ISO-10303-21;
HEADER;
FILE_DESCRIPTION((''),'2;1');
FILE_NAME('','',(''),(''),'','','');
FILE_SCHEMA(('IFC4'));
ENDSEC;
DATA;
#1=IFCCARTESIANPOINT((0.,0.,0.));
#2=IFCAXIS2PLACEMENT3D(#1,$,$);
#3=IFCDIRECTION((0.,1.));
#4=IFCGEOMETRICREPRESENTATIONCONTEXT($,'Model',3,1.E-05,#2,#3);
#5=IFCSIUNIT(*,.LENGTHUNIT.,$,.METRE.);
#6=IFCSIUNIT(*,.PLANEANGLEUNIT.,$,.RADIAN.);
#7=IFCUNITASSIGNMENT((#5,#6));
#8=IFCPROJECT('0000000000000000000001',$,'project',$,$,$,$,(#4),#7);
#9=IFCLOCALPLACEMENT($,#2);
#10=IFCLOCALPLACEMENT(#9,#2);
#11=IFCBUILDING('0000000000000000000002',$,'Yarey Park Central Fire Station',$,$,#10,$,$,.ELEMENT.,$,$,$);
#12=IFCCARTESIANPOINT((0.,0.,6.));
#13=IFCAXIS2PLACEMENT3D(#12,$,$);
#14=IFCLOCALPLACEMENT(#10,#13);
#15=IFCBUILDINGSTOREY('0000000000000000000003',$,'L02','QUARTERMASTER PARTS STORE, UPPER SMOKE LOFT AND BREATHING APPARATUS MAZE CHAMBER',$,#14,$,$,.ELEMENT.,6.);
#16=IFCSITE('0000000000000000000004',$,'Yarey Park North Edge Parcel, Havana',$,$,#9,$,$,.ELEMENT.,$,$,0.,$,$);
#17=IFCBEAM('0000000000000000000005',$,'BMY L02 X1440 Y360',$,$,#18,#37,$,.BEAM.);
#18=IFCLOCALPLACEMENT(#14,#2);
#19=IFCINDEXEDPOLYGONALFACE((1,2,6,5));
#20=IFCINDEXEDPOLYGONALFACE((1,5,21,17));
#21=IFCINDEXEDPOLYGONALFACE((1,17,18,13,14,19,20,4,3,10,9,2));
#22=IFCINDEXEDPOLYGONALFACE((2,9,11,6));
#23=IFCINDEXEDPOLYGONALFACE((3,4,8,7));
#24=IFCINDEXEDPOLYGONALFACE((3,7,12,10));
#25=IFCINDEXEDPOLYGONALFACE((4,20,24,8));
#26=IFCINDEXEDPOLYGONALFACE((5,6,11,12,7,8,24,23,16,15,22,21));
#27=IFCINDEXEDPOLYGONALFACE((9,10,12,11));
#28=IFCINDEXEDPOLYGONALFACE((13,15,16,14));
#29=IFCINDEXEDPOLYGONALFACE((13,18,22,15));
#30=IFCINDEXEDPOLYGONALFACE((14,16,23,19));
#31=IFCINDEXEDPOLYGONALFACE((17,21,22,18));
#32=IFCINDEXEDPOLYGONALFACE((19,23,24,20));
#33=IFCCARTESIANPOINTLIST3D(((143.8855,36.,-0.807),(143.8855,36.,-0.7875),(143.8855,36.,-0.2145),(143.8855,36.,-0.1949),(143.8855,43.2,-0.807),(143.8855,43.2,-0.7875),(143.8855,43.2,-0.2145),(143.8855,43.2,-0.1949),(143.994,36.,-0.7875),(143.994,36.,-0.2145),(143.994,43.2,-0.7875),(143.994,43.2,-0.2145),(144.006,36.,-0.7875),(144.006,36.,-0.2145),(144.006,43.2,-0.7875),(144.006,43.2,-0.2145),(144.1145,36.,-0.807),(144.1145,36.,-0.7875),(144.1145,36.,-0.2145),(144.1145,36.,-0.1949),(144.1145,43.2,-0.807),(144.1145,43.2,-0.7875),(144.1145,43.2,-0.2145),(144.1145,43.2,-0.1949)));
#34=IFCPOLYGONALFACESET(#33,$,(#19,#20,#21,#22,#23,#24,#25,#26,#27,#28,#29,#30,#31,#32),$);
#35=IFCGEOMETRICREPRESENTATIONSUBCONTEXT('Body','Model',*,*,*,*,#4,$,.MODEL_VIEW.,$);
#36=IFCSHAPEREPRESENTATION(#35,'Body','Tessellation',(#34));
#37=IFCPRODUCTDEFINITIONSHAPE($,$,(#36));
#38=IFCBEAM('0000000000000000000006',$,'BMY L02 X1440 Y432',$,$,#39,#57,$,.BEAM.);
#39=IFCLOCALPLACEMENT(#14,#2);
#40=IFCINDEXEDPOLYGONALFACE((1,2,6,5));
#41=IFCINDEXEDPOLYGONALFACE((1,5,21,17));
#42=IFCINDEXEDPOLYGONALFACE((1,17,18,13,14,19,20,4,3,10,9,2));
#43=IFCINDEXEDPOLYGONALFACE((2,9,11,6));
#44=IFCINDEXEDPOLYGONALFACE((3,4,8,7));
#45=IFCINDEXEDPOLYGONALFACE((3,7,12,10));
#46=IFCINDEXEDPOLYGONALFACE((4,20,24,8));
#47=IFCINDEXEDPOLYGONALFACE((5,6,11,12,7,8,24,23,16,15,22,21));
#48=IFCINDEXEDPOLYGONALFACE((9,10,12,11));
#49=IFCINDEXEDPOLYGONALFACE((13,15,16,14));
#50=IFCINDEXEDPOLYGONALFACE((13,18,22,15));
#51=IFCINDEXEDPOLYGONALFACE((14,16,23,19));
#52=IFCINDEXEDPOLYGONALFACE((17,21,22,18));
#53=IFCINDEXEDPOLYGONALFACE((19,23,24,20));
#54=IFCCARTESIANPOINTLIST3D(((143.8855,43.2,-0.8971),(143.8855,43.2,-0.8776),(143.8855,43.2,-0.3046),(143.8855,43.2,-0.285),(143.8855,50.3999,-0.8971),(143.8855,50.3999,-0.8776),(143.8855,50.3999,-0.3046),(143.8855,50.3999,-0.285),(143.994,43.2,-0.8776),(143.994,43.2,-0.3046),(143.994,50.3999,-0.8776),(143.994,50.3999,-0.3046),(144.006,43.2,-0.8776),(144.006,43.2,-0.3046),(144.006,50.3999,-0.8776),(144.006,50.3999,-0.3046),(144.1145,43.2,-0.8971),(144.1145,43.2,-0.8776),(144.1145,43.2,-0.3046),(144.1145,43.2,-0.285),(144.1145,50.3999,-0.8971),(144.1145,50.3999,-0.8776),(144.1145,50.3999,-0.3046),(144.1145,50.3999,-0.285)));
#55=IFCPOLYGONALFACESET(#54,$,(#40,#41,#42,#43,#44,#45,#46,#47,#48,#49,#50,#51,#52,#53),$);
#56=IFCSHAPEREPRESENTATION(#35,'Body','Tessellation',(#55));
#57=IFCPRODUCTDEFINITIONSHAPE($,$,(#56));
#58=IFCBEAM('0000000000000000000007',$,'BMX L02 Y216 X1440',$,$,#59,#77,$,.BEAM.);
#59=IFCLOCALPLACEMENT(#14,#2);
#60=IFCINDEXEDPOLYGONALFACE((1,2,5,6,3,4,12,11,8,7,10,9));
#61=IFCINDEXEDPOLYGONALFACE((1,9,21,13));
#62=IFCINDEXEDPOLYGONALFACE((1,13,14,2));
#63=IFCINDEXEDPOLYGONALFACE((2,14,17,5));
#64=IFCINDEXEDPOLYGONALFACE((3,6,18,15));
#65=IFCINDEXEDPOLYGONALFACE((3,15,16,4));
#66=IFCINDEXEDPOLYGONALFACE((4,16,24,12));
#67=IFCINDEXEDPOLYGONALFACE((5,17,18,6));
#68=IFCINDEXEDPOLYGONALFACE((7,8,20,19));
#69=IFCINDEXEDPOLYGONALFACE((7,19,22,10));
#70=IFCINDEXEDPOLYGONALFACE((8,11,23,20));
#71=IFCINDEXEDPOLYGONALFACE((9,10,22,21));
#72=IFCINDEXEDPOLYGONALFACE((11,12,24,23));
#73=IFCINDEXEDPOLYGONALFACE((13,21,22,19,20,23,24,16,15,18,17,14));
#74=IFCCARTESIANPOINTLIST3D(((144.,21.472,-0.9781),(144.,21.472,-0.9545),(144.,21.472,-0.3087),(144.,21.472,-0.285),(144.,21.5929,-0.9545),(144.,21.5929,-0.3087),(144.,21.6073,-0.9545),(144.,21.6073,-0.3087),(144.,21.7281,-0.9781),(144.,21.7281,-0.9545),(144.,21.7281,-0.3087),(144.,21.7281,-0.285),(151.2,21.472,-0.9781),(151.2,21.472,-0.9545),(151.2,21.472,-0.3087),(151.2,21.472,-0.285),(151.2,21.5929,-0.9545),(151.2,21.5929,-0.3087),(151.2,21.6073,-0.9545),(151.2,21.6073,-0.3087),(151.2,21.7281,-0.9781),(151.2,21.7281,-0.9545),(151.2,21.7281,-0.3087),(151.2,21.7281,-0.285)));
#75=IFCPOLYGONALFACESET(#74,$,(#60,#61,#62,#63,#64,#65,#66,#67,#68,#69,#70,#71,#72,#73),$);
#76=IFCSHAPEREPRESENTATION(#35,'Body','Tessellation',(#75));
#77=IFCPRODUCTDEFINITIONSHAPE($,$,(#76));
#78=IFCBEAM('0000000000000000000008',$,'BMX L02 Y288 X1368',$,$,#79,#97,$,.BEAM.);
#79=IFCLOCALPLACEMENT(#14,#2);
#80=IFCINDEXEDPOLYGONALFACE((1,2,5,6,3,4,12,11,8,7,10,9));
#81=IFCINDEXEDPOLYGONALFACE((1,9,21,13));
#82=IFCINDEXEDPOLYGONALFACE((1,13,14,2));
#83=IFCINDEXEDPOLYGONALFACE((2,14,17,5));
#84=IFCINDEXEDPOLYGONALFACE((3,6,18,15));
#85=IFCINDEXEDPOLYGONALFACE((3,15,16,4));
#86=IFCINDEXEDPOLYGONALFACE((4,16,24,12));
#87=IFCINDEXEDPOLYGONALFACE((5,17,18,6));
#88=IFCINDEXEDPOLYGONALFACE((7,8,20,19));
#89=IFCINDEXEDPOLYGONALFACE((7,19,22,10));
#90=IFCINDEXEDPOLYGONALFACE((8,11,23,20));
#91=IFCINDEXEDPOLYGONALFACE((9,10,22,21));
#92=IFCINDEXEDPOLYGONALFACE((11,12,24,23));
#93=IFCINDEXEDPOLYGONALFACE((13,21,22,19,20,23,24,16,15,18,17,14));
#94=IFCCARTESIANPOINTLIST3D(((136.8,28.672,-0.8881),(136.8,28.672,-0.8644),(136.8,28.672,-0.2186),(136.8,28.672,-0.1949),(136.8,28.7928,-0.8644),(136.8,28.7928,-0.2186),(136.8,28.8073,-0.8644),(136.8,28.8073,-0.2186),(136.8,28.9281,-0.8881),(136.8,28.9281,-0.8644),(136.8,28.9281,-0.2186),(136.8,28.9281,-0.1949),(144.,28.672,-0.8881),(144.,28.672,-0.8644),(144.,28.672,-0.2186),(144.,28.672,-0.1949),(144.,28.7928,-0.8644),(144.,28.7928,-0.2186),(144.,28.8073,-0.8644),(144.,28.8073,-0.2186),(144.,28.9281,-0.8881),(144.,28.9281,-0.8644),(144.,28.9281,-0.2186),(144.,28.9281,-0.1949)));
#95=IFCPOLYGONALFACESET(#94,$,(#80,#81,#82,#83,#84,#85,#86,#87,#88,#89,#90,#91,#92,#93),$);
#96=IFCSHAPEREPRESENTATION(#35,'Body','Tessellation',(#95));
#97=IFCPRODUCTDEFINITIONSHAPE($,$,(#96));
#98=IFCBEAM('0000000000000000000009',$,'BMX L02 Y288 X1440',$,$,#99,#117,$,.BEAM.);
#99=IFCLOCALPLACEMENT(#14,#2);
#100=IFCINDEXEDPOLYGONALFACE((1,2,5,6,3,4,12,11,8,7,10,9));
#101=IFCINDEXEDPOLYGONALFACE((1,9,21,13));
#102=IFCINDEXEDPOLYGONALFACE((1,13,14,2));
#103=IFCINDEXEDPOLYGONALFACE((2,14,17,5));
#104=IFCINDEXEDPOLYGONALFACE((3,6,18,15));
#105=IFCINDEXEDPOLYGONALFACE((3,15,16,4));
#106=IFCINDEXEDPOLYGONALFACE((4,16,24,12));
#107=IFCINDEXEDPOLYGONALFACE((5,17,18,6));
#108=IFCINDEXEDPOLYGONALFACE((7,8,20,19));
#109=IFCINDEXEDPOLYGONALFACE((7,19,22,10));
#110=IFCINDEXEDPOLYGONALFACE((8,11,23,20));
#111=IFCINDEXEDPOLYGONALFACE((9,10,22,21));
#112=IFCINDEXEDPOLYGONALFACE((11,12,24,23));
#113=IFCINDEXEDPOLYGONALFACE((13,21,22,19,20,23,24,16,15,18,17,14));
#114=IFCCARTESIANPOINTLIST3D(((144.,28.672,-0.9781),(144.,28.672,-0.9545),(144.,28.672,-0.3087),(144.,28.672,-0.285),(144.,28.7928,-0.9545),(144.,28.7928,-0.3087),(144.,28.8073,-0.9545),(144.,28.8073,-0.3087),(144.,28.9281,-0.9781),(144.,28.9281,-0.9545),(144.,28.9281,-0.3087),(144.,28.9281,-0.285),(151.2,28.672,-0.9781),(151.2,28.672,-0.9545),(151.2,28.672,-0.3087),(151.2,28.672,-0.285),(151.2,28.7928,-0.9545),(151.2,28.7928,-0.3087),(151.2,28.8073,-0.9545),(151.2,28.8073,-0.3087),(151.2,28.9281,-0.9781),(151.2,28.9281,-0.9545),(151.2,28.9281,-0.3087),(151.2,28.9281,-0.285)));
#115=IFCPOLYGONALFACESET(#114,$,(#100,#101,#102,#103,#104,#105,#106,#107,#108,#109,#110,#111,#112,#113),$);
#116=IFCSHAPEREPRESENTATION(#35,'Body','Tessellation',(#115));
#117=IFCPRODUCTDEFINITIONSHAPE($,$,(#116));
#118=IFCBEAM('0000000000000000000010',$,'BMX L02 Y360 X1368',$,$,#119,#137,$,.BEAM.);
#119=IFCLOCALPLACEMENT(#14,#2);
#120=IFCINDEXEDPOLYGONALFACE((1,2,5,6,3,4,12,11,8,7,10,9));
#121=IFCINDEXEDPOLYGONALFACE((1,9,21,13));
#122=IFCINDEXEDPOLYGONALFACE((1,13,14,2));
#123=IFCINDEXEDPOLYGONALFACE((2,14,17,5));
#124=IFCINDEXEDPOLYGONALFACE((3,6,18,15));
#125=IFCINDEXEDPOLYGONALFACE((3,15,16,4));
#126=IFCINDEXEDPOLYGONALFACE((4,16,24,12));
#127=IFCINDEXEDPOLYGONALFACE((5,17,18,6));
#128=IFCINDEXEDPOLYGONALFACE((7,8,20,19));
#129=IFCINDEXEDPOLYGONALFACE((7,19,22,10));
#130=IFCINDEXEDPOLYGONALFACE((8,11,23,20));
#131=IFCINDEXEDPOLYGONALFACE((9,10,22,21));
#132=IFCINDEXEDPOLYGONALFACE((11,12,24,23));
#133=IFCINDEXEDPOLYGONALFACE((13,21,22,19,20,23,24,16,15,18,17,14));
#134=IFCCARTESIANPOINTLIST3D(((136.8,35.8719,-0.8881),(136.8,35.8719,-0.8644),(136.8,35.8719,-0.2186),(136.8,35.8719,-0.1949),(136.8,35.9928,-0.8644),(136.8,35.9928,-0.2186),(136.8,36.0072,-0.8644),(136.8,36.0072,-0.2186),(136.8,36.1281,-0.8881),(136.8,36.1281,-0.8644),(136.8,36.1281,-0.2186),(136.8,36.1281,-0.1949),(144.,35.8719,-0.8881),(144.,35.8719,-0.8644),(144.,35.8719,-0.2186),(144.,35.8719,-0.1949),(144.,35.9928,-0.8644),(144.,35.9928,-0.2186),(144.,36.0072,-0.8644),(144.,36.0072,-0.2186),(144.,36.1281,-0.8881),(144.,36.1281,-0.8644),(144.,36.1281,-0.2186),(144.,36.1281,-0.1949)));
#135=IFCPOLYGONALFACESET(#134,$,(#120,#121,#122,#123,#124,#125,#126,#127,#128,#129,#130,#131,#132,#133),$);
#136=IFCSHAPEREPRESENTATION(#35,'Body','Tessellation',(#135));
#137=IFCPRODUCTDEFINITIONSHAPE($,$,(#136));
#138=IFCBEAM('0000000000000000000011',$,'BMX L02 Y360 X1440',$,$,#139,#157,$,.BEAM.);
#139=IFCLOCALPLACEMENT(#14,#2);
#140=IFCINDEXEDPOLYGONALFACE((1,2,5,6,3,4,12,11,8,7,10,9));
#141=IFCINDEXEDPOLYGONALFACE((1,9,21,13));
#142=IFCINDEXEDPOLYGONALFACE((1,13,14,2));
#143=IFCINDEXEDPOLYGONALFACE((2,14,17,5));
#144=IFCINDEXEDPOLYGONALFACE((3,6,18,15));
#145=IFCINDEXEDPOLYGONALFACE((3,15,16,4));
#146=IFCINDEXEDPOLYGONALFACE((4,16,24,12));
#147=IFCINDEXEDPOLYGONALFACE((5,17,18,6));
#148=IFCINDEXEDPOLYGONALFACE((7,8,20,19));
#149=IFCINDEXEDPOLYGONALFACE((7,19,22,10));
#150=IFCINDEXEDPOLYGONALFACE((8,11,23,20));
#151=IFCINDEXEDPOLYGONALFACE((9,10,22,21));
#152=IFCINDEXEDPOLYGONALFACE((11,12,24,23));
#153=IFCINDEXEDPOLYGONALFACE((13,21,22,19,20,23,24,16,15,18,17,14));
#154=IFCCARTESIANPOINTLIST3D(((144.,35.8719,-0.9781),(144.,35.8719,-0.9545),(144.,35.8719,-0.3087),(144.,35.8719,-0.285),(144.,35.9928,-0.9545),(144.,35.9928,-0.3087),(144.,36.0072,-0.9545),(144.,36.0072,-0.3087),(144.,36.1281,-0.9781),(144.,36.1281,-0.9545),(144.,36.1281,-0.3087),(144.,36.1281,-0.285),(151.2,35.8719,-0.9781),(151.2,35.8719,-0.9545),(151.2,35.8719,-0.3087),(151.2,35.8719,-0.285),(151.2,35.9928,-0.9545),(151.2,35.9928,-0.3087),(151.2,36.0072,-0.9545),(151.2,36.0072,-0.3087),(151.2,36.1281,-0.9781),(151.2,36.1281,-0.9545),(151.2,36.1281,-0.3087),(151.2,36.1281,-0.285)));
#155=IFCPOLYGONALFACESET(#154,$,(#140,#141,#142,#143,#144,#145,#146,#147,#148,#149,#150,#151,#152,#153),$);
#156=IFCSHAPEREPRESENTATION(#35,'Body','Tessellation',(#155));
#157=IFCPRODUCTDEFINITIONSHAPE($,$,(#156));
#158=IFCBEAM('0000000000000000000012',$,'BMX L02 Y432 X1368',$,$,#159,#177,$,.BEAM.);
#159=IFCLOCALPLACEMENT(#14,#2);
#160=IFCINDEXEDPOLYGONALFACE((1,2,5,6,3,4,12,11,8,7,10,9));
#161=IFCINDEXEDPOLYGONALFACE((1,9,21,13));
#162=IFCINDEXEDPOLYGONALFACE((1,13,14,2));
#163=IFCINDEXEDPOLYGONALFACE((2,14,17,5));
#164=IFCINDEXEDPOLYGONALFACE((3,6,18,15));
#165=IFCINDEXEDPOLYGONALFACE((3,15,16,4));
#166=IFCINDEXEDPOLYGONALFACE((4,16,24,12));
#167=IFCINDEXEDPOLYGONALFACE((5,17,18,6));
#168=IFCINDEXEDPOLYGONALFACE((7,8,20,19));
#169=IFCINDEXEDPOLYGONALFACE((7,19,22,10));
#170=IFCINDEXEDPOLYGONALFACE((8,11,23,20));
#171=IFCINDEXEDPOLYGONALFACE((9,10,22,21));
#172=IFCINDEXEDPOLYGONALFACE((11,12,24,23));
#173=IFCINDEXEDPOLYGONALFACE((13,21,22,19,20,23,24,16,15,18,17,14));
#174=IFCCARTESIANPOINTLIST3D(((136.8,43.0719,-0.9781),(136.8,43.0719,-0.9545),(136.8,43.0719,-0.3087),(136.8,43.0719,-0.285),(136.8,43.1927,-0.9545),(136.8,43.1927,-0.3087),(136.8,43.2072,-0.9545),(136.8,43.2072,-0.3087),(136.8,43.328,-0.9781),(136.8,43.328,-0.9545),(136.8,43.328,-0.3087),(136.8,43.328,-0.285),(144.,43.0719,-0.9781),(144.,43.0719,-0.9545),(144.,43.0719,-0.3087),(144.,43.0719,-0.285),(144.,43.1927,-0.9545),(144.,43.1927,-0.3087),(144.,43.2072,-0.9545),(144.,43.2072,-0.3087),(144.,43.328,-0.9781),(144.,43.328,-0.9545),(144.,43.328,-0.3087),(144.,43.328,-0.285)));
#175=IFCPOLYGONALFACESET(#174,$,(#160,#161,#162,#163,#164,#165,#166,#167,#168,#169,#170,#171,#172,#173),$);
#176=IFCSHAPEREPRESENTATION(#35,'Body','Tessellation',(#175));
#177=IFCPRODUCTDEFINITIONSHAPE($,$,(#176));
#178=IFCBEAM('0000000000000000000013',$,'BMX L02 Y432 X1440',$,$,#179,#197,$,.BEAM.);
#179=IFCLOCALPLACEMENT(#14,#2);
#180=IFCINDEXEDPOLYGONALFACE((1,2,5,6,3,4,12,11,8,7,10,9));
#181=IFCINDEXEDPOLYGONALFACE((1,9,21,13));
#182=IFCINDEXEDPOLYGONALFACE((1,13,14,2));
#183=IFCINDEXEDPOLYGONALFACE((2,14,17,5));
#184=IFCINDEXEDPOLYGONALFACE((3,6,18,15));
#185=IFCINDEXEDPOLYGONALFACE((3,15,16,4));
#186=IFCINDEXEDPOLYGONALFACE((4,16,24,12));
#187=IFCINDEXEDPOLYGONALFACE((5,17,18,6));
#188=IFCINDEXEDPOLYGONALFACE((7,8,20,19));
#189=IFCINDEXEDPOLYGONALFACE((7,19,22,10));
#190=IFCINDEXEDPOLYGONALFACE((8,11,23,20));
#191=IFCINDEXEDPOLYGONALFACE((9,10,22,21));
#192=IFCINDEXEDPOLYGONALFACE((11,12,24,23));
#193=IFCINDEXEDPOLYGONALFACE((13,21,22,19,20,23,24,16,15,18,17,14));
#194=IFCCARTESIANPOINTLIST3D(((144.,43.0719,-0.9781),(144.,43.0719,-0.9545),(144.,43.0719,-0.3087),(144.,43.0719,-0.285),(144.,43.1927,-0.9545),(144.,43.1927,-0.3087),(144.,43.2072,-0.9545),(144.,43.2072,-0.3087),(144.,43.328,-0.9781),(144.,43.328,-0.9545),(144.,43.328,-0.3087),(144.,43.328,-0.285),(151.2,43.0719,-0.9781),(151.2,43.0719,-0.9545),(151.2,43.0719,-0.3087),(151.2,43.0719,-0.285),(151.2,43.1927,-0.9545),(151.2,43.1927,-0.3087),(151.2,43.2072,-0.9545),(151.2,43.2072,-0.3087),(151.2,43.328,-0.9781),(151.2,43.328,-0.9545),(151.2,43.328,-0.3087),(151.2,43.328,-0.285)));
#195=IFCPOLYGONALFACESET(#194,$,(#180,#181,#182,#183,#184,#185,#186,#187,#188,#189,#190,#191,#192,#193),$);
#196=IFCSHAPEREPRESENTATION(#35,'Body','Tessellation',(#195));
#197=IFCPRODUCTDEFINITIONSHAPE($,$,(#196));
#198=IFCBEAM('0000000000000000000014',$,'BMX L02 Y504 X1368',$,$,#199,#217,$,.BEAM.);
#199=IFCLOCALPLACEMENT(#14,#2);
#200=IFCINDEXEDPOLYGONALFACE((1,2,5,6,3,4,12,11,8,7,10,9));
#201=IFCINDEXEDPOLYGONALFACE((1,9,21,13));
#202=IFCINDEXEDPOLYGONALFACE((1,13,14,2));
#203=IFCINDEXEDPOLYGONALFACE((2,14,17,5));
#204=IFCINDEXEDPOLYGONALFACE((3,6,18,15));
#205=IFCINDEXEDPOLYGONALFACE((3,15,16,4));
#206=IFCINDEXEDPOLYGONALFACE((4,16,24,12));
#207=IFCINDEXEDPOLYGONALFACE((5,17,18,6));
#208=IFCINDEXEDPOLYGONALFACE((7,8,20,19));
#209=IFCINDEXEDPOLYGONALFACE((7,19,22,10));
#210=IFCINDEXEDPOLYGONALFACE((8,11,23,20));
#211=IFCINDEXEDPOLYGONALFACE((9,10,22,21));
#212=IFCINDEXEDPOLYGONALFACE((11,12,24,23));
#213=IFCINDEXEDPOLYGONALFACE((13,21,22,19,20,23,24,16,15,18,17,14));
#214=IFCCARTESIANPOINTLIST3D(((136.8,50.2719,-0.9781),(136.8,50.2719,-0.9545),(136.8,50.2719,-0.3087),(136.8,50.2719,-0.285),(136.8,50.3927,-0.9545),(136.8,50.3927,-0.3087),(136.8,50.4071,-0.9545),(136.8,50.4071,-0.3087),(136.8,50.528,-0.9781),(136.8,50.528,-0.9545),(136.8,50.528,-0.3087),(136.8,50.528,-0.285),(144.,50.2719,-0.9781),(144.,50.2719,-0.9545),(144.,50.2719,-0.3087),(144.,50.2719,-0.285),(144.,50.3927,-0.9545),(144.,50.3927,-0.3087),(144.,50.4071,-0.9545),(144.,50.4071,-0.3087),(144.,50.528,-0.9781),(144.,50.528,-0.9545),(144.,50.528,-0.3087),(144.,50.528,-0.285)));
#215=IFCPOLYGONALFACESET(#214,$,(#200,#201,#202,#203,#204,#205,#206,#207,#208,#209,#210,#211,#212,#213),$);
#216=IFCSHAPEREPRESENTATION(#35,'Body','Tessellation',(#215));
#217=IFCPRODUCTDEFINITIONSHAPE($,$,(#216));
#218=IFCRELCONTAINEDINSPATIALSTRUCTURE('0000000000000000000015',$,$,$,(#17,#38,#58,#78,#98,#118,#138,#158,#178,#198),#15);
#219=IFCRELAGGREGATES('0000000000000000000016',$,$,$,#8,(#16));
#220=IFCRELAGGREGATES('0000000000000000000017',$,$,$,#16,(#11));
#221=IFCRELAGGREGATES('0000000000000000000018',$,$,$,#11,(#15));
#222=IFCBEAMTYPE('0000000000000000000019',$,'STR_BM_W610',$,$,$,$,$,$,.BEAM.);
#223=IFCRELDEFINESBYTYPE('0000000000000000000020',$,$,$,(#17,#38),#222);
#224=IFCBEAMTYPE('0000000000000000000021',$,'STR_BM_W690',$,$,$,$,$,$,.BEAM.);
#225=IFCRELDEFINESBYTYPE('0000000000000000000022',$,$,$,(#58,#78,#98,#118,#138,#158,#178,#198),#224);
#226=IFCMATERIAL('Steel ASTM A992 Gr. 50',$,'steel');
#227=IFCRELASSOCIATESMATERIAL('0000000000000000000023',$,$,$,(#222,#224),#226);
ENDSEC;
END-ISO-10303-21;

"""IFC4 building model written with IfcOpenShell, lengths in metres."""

from ifc_helpers import new_model, si_unit, direction, frame, origin, origin_2d, place, context, subcontext, project, spatial, i_section, extrude, material, material_profile, profile_set, type_object, element, save


model = new_model("IFC4")

# Units and contexts
model_context = context("Model", 3, precision=1e-05, world=origin(), true_north=direction((0.0, 1.0)))
body_context = subcontext(model_context, "Body", "Model", "MODEL_VIEW")
ifc_project = project(units=[si_unit("LENGTHUNIT", "METRE"), si_unit("PLANEANGLEUNIT", "RADIAN")], contexts=[model_context])

# Site, building, storey
site_placement = place(None, origin())
site = spatial("IfcSite", under=ifc_project, at=site_placement, Name="Yarey Park North Edge Parcel, Havana", CompositionType="ELEMENT", RefElevation=0.0)
building_placement = place(site_placement, origin())
building = spatial("IfcBuilding", under=site, at=building_placement, Name="Yarey Park Central Fire Station", CompositionType="ELEMENT")
storey_placement = place(building_placement, frame((0.0, 0.0, 6.0)))
storey = spatial("IfcBuildingStorey", under=building, at=storey_placement, Name="L02", Description="QUARTERMASTER PARTS STORE, UPPER SMOKE LOFT AND BREATHING APPARATUS MAZE CHAMBER", CompositionType="ELEMENT", Elevation=6.0)

# Shared definitions
ifc_material_1 = material(Name="Steel ASTM A992 Gr. 50", Category="steel")

# Beams
ifc_material_profile_1 = material_profile(ifc_material_1, i_section(OverallWidth=0.229, OverallDepth=0.6121, WebThickness=0.012, FlangeThickness=0.0195, at=origin_2d()), Name="W610x125")
ifc_profile_set_1 = profile_set([ifc_material_profile_1], Name="Steel ASTM A992 Gr. 50")
beam_type_1 = type_object("IfcBeamType", Name="STR_BM_W610", PredefinedType="BEAM", material=ifc_profile_set_1)
for number, where, z_axis, x_axis, name in (
    (1, (144.0, 36.0, -0.501), (0.0, 1.0, 0.0), (-1.0, 0.0, 0.0), "BMY L02 X1440 Y360"),
    (2, (144.0, 43.2, -0.5911), (0.0, 1.0, 0.0), (-1.0, 0.0, 0.0), "BMY L02 X1440 Y432"),
):
    element("IfcBeam", number, at=place(storey_placement, frame(where, z_axis=z_axis, x_axis=x_axis)), inside=storey, type_object=beam_type_1, Name=name, PredefinedType="BEAM", context=body_context, shape_type="SweptSolid", body=[
        extrude(i_section(OverallWidth=0.229, OverallDepth=0.6121, WebThickness=0.012, FlangeThickness=0.0195, at=origin_2d()), origin(), (0.0, 0.0, 1.0), 7.2),
    ])
ifc_material_profile_2 = material_profile(ifc_material_1, i_section(OverallWidth=0.2561, OverallDepth=0.6931, WebThickness=0.0144, FlangeThickness=0.0237, at=origin_2d()), Name="W690x170")
ifc_profile_set_2 = profile_set([ifc_material_profile_2], Name="Steel ASTM A992 Gr. 50")
beam_type_2 = type_object("IfcBeamType", Name="STR_BM_W690", PredefinedType="BEAM", material=ifc_profile_set_2)
for number, where, z_axis, x_axis, name in (
    (3, (144.0, 21.6001, -0.6316), (1.0, 0.0, 0.0), (0.0, 1.0, 0.0), "BMX L02 Y216 X1440"),
    (4, (136.8, 28.8, -0.5415), (1.0, 0.0, 0.0), (0.0, 1.0, 0.0), "BMX L02 Y288 X1368"),
    (5, (144.0, 28.8, -0.6316), (1.0, 0.0, 0.0), (0.0, 1.0, 0.0), "BMX L02 Y288 X1440"),
    (6, (136.8, 36.0, -0.5415), (1.0, 0.0, 0.0), (0.0, 1.0, 0.0), "BMX L02 Y360 X1368"),
    (7, (144.0, 36.0, -0.6316), (1.0, 0.0, 0.0), (0.0, 1.0, 0.0), "BMX L02 Y360 X1440"),
    (8, (136.8, 43.2, -0.6316), (1.0, 0.0, 0.0), (0.0, 1.0, 0.0), "BMX L02 Y432 X1368"),
    (9, (144.0, 43.2, -0.6316), (1.0, 0.0, 0.0), (0.0, 1.0, 0.0), "BMX L02 Y432 X1440"),
    (10, (136.8, 50.3999, -0.6316), (1.0, 0.0, 0.0), (0.0, 1.0, 0.0), "BMX L02 Y504 X1368"),
):
    element("IfcBeam", number, at=place(storey_placement, frame(where, z_axis=z_axis, x_axis=x_axis)), inside=storey, type_object=beam_type_2, Name=name, PredefinedType="BEAM", context=body_context, shape_type="SweptSolid", body=[
        extrude(i_section(OverallWidth=0.2561, OverallDepth=0.6931, WebThickness=0.0144, FlangeThickness=0.0237, at=origin_2d()), origin(), (0.0, 0.0, 1.0), 7.2),
    ])

save(model, "model.ifc")
